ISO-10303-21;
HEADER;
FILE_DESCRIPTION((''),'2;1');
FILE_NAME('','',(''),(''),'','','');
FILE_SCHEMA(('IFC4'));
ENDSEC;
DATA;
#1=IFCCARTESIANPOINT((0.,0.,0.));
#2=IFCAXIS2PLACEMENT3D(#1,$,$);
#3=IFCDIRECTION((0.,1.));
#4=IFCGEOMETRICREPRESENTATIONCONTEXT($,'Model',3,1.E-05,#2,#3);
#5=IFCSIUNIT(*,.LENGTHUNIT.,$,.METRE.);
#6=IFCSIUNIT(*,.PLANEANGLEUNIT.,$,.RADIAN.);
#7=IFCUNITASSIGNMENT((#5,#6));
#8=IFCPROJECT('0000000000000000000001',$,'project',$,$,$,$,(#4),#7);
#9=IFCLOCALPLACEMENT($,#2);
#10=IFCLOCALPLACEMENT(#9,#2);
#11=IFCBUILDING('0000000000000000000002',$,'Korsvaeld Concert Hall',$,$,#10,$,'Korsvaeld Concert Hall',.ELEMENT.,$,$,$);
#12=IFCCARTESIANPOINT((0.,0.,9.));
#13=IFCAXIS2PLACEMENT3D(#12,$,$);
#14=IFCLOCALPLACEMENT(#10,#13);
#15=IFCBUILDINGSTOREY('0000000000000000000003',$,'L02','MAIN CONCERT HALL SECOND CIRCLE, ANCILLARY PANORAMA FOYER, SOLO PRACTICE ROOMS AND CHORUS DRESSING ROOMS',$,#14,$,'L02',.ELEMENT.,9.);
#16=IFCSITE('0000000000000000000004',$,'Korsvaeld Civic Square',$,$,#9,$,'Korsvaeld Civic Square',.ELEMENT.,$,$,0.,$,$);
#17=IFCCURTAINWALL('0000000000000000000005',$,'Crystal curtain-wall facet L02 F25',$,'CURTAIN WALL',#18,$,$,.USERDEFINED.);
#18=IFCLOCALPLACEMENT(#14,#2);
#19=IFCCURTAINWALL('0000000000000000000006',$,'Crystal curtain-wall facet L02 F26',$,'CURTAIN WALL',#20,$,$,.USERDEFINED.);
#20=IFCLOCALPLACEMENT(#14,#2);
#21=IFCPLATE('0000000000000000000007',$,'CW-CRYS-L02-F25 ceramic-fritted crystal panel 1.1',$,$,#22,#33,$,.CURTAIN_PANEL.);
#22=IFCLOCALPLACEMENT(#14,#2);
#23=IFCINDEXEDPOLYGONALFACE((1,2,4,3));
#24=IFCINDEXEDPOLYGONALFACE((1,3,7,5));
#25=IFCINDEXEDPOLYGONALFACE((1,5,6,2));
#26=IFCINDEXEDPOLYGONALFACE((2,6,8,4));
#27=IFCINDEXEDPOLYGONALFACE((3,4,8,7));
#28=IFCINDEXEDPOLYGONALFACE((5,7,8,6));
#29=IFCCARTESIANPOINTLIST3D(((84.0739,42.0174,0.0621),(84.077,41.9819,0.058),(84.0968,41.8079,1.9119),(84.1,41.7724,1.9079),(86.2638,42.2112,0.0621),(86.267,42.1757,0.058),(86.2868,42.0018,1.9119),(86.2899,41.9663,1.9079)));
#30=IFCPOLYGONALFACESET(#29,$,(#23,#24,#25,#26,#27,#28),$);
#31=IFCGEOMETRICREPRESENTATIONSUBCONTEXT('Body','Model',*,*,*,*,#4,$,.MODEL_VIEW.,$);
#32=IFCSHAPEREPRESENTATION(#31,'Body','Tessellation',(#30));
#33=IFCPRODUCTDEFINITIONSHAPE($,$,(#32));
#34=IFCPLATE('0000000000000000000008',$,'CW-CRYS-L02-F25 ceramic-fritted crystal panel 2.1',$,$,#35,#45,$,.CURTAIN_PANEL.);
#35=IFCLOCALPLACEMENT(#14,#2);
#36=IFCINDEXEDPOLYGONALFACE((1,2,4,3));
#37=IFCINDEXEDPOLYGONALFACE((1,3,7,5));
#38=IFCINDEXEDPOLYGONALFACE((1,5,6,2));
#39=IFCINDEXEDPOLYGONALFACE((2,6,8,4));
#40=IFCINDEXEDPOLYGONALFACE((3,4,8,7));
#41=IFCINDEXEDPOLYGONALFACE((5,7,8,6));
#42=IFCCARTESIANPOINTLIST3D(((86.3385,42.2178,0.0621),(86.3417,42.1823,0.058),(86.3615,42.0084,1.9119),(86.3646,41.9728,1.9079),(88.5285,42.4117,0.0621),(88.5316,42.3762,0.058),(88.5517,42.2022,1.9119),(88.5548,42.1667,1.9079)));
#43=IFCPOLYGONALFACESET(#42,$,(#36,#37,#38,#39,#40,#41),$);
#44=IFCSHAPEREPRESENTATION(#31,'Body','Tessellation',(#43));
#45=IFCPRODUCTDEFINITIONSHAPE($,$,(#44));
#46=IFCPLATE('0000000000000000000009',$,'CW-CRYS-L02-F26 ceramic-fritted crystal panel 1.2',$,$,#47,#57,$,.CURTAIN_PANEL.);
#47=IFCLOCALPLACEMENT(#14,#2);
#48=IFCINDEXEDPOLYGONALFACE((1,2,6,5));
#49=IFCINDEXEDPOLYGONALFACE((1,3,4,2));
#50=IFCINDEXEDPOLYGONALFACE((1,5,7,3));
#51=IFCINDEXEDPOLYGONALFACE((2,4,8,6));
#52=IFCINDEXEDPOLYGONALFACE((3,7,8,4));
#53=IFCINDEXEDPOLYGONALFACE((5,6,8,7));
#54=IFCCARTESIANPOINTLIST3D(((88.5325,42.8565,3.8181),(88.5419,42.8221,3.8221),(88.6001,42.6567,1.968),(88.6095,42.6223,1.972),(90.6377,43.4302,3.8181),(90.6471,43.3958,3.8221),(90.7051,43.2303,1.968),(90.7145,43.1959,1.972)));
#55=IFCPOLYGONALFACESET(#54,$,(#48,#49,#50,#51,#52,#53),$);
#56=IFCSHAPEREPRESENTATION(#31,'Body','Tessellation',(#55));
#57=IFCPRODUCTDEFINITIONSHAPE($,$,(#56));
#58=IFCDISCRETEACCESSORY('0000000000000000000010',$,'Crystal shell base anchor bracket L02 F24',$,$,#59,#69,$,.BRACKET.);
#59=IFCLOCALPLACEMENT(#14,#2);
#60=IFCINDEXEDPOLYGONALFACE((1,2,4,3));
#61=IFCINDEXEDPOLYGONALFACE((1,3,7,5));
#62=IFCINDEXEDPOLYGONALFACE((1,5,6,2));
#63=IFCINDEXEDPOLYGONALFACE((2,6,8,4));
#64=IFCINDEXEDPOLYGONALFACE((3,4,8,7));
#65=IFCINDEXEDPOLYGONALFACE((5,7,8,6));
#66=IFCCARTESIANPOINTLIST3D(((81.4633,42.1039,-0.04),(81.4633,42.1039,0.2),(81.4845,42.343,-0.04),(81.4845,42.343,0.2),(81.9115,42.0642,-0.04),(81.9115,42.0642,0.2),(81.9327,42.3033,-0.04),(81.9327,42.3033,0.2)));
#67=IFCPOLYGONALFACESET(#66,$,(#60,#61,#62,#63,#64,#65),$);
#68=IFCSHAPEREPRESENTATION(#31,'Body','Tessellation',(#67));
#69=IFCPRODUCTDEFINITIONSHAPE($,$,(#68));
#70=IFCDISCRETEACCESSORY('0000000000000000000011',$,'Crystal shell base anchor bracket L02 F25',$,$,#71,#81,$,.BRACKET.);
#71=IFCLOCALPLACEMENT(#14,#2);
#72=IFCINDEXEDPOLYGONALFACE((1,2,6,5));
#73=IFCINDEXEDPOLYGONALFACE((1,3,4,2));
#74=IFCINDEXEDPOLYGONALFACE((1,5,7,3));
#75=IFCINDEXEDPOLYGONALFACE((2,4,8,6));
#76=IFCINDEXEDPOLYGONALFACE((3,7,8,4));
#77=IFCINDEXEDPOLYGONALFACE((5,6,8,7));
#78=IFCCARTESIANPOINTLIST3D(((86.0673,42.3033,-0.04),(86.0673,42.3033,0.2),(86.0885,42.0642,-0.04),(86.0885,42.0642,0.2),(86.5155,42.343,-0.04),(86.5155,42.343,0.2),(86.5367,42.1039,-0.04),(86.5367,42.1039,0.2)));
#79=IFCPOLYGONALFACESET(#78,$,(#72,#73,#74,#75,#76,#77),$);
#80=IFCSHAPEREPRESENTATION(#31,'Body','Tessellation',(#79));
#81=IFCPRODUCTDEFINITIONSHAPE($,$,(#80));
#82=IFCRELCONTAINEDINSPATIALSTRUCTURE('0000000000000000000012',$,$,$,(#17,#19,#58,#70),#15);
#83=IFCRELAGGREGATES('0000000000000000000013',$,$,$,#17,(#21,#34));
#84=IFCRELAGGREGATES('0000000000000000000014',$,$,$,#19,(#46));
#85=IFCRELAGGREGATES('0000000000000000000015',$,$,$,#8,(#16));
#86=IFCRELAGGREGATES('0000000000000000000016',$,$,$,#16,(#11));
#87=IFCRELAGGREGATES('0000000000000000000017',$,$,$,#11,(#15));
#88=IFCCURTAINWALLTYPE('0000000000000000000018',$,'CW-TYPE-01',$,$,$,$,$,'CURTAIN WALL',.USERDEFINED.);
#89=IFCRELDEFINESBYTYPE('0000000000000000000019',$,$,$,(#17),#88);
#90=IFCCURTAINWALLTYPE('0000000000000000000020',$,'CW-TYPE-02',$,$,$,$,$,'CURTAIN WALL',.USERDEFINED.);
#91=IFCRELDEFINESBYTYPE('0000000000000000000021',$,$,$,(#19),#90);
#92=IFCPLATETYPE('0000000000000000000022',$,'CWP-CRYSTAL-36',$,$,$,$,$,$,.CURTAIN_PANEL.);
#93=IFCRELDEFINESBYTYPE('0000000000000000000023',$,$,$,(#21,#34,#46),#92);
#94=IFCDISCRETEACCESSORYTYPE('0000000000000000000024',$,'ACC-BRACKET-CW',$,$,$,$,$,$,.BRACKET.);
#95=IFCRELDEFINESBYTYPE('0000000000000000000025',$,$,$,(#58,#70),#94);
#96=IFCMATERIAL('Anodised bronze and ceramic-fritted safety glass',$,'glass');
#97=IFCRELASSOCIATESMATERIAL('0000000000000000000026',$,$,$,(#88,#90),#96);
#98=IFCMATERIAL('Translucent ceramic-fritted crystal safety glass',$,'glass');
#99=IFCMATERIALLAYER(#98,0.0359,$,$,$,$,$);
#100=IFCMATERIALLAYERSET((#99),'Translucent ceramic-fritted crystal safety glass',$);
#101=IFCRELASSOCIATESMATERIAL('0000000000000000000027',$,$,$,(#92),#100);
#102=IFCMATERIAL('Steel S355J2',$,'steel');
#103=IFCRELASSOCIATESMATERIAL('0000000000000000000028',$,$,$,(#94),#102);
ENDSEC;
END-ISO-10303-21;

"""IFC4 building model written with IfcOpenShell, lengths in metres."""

from ifc_helpers import new_model, si_unit, direction, frame, origin, origin_2d, place, context, subcontext, project, spatial, polyline, rectangle, outline, extrude, material, layer, layer_set, type_object, element, aggregate, save


model = new_model("IFC4")

# Units and contexts
model_context = context("Model", 3, precision=1e-05, world=origin(), true_north=direction((0.0, 1.0)))
body_context = subcontext(model_context, "Body", "Model", "MODEL_VIEW")
ifc_project = project(units=[si_unit("LENGTHUNIT", "METRE"), si_unit("PLANEANGLEUNIT", "RADIAN")], contexts=[model_context])

# Site, building, storey
site_placement = place(None, origin())
site = spatial("IfcSite", under=ifc_project, at=site_placement, Name="Korsvaeld Civic Square", LongName="Korsvaeld Civic Square", CompositionType="ELEMENT", RefElevation=0.0)
building_placement = place(site_placement, origin())
building = spatial("IfcBuilding", under=site, at=building_placement, Name="Korsvaeld Concert Hall", LongName="Korsvaeld Concert Hall", CompositionType="ELEMENT")
storey_placement = place(building_placement, frame((0.0, 0.0, 9.0)))
storey = spatial("IfcBuildingStorey", under=building, at=storey_placement, Name="L02", Description="MAIN CONCERT HALL SECOND CIRCLE, ANCILLARY PANORAMA FOYER, SOLO PRACTICE ROOMS AND CHORUS DRESSING ROOMS", LongName="L02", CompositionType="ELEMENT", Elevation=9.0)

# Shared definitions
ifc_material_1 = material(Name="Anodised bronze and ceramic-fritted safety glass", Category="glass")

# Curtain wall
curtain_wall_type_1 = type_object("IfcCurtainWallType", Name="CW-TYPE-01", ElementType="CURTAIN WALL", PredefinedType="USERDEFINED", material=ifc_material_1)
curtain_wall_1_placement = place(storey_placement, origin())
curtain_wall_1 = element("IfcCurtainWall", 1, at=curtain_wall_1_placement, inside=storey, type_object=curtain_wall_type_1, Name="Crystal curtain-wall facet L02 F25", ObjectType="CURTAIN WALL", PredefinedType="USERDEFINED")

# Curtain wall
curtain_wall_type_2 = type_object("IfcCurtainWallType", Name="CW-TYPE-02", ElementType="CURTAIN WALL", PredefinedType="USERDEFINED", material=ifc_material_1)
curtain_wall_2_placement = place(storey_placement, origin())
curtain_wall_2 = element("IfcCurtainWall", 2, at=curtain_wall_2_placement, inside=storey, type_object=curtain_wall_type_2, Name="Crystal curtain-wall facet L02 F26", ObjectType="CURTAIN WALL", PredefinedType="USERDEFINED")

# Plates
ifc_material_2 = material(Name="Translucent ceramic-fritted crystal safety glass", Category="glass")
ifc_layer_1 = layer(ifc_material_2, 0.0359)
ifc_layer_set_1 = layer_set([ifc_layer_1], Name="Translucent ceramic-fritted crystal safety glass")
plate_type_1 = type_object("IfcPlateType", Name="CWP-CRYSTAL-36", PredefinedType="CURTAIN_PANEL", material=ifc_layer_set_1)
plate_1_placement = place(storey_placement, frame((84.0754, 41.9998, 0.0601), z_axis=(0.087606, -0.989707, -0.113159), x_axis=(0.996105, 0.088173, 0.0)))
plate_1 = element("IfcPlate", 3, at=plate_1_placement, type_object=plate_type_1, Name="CW-CRYS-L02-F25 ceramic-fritted crystal panel 1.1", PredefinedType="CURTAIN_PANEL", context=body_context, shape_type="SweptSolid", body=[
    extrude(outline(polyline([(0.0, 0.0), (2.1985, 0.0), (2.2029, 1.8618), (0.0044, 1.8618), (0.0, 0.0)])), frame((0.0, 0.0, 0.0181)), (0.0, 0.0, -1.0), 0.0359),
])
plate_2_placement = place(storey_placement, frame((86.3401, 42.2002, 0.0601), z_axis=(0.087601, -0.989707, -0.113164), x_axis=(0.996106, 0.088168, -0.000001)))
plate_2 = element("IfcPlate", 4, at=plate_2_placement, type_object=plate_type_1, Name="CW-CRYS-L02-F25 ceramic-fritted crystal panel 2.1", PredefinedType="CURTAIN_PANEL", context=body_context, shape_type="SweptSolid", body=[
    extrude(outline(polyline([(0.0, 0.0), (2.1985, 0.0), (2.2031, 1.8618), (0.0044, 1.8618), (0.0, 0.0)])), frame((0.0, 0.0, 0.0181)), (0.0, 0.0, -1.0), 0.0359),
])
aggregate(curtain_wall_1, [plate_1, plate_2])
plate_3_placement = place(storey_placement, frame((88.6047, 42.6396, 1.97), z_axis=(0.261214, -0.958635, 0.113073), x_axis=(0.964823, 0.2629, 0.000008)))
plate_3 = element("IfcPlate", 5, at=plate_3_placement, type_object=plate_type_1, Name="CW-CRYS-L02-F26 ceramic-fritted crystal panel 1.2", PredefinedType="CURTAIN_PANEL", context=body_context, shape_type="SweptSolid", body=[
    extrude(outline(polyline([(0.0, 0.0), (2.1818, 0.0), (2.1693, 1.862), (-0.0127, 1.8621), (0.0, 0.0)])), frame((0.0, 0.0, 0.0181)), (0.0, 0.0, -1.0), 0.0359),
])
aggregate(curtain_wall_2, [plate_3])

# Discrete accessories
ifc_material_3 = material(Name="Steel S355J2", Category="steel")
discrete_accessory_type = type_object("IfcDiscreteAccessoryType", Name="ACC-BRACKET-CW", PredefinedType="BRACKET", material=ifc_material_3)
for number, where, z_axis, x_axis, name in (
    (6, (81.698, 42.2036, -0.04), (0.0, 0.0, 1.0), (0.996103, -0.088199, 0.0), "Crystal shell base anchor bracket L02 F24"),
    (7, (86.302, 42.2036, -0.04), (0.0, 0.0, 1.0), (0.996103, 0.088199, 0.0), "Crystal shell base anchor bracket L02 F25"),
):
    element("IfcDiscreteAccessory", number, at=place(storey_placement, frame(where, z_axis=z_axis, x_axis=x_axis)), inside=storey, type_object=discrete_accessory_type, Name=name, PredefinedType="BRACKET", context=body_context, shape_type="SweptSolid", body=[
        extrude(rectangle(XDim=0.45, YDim=0.24, at=origin_2d()), origin(), (0.0, 0.0, 1.0), 0.24),
    ])

save(model, "model.ifc")
